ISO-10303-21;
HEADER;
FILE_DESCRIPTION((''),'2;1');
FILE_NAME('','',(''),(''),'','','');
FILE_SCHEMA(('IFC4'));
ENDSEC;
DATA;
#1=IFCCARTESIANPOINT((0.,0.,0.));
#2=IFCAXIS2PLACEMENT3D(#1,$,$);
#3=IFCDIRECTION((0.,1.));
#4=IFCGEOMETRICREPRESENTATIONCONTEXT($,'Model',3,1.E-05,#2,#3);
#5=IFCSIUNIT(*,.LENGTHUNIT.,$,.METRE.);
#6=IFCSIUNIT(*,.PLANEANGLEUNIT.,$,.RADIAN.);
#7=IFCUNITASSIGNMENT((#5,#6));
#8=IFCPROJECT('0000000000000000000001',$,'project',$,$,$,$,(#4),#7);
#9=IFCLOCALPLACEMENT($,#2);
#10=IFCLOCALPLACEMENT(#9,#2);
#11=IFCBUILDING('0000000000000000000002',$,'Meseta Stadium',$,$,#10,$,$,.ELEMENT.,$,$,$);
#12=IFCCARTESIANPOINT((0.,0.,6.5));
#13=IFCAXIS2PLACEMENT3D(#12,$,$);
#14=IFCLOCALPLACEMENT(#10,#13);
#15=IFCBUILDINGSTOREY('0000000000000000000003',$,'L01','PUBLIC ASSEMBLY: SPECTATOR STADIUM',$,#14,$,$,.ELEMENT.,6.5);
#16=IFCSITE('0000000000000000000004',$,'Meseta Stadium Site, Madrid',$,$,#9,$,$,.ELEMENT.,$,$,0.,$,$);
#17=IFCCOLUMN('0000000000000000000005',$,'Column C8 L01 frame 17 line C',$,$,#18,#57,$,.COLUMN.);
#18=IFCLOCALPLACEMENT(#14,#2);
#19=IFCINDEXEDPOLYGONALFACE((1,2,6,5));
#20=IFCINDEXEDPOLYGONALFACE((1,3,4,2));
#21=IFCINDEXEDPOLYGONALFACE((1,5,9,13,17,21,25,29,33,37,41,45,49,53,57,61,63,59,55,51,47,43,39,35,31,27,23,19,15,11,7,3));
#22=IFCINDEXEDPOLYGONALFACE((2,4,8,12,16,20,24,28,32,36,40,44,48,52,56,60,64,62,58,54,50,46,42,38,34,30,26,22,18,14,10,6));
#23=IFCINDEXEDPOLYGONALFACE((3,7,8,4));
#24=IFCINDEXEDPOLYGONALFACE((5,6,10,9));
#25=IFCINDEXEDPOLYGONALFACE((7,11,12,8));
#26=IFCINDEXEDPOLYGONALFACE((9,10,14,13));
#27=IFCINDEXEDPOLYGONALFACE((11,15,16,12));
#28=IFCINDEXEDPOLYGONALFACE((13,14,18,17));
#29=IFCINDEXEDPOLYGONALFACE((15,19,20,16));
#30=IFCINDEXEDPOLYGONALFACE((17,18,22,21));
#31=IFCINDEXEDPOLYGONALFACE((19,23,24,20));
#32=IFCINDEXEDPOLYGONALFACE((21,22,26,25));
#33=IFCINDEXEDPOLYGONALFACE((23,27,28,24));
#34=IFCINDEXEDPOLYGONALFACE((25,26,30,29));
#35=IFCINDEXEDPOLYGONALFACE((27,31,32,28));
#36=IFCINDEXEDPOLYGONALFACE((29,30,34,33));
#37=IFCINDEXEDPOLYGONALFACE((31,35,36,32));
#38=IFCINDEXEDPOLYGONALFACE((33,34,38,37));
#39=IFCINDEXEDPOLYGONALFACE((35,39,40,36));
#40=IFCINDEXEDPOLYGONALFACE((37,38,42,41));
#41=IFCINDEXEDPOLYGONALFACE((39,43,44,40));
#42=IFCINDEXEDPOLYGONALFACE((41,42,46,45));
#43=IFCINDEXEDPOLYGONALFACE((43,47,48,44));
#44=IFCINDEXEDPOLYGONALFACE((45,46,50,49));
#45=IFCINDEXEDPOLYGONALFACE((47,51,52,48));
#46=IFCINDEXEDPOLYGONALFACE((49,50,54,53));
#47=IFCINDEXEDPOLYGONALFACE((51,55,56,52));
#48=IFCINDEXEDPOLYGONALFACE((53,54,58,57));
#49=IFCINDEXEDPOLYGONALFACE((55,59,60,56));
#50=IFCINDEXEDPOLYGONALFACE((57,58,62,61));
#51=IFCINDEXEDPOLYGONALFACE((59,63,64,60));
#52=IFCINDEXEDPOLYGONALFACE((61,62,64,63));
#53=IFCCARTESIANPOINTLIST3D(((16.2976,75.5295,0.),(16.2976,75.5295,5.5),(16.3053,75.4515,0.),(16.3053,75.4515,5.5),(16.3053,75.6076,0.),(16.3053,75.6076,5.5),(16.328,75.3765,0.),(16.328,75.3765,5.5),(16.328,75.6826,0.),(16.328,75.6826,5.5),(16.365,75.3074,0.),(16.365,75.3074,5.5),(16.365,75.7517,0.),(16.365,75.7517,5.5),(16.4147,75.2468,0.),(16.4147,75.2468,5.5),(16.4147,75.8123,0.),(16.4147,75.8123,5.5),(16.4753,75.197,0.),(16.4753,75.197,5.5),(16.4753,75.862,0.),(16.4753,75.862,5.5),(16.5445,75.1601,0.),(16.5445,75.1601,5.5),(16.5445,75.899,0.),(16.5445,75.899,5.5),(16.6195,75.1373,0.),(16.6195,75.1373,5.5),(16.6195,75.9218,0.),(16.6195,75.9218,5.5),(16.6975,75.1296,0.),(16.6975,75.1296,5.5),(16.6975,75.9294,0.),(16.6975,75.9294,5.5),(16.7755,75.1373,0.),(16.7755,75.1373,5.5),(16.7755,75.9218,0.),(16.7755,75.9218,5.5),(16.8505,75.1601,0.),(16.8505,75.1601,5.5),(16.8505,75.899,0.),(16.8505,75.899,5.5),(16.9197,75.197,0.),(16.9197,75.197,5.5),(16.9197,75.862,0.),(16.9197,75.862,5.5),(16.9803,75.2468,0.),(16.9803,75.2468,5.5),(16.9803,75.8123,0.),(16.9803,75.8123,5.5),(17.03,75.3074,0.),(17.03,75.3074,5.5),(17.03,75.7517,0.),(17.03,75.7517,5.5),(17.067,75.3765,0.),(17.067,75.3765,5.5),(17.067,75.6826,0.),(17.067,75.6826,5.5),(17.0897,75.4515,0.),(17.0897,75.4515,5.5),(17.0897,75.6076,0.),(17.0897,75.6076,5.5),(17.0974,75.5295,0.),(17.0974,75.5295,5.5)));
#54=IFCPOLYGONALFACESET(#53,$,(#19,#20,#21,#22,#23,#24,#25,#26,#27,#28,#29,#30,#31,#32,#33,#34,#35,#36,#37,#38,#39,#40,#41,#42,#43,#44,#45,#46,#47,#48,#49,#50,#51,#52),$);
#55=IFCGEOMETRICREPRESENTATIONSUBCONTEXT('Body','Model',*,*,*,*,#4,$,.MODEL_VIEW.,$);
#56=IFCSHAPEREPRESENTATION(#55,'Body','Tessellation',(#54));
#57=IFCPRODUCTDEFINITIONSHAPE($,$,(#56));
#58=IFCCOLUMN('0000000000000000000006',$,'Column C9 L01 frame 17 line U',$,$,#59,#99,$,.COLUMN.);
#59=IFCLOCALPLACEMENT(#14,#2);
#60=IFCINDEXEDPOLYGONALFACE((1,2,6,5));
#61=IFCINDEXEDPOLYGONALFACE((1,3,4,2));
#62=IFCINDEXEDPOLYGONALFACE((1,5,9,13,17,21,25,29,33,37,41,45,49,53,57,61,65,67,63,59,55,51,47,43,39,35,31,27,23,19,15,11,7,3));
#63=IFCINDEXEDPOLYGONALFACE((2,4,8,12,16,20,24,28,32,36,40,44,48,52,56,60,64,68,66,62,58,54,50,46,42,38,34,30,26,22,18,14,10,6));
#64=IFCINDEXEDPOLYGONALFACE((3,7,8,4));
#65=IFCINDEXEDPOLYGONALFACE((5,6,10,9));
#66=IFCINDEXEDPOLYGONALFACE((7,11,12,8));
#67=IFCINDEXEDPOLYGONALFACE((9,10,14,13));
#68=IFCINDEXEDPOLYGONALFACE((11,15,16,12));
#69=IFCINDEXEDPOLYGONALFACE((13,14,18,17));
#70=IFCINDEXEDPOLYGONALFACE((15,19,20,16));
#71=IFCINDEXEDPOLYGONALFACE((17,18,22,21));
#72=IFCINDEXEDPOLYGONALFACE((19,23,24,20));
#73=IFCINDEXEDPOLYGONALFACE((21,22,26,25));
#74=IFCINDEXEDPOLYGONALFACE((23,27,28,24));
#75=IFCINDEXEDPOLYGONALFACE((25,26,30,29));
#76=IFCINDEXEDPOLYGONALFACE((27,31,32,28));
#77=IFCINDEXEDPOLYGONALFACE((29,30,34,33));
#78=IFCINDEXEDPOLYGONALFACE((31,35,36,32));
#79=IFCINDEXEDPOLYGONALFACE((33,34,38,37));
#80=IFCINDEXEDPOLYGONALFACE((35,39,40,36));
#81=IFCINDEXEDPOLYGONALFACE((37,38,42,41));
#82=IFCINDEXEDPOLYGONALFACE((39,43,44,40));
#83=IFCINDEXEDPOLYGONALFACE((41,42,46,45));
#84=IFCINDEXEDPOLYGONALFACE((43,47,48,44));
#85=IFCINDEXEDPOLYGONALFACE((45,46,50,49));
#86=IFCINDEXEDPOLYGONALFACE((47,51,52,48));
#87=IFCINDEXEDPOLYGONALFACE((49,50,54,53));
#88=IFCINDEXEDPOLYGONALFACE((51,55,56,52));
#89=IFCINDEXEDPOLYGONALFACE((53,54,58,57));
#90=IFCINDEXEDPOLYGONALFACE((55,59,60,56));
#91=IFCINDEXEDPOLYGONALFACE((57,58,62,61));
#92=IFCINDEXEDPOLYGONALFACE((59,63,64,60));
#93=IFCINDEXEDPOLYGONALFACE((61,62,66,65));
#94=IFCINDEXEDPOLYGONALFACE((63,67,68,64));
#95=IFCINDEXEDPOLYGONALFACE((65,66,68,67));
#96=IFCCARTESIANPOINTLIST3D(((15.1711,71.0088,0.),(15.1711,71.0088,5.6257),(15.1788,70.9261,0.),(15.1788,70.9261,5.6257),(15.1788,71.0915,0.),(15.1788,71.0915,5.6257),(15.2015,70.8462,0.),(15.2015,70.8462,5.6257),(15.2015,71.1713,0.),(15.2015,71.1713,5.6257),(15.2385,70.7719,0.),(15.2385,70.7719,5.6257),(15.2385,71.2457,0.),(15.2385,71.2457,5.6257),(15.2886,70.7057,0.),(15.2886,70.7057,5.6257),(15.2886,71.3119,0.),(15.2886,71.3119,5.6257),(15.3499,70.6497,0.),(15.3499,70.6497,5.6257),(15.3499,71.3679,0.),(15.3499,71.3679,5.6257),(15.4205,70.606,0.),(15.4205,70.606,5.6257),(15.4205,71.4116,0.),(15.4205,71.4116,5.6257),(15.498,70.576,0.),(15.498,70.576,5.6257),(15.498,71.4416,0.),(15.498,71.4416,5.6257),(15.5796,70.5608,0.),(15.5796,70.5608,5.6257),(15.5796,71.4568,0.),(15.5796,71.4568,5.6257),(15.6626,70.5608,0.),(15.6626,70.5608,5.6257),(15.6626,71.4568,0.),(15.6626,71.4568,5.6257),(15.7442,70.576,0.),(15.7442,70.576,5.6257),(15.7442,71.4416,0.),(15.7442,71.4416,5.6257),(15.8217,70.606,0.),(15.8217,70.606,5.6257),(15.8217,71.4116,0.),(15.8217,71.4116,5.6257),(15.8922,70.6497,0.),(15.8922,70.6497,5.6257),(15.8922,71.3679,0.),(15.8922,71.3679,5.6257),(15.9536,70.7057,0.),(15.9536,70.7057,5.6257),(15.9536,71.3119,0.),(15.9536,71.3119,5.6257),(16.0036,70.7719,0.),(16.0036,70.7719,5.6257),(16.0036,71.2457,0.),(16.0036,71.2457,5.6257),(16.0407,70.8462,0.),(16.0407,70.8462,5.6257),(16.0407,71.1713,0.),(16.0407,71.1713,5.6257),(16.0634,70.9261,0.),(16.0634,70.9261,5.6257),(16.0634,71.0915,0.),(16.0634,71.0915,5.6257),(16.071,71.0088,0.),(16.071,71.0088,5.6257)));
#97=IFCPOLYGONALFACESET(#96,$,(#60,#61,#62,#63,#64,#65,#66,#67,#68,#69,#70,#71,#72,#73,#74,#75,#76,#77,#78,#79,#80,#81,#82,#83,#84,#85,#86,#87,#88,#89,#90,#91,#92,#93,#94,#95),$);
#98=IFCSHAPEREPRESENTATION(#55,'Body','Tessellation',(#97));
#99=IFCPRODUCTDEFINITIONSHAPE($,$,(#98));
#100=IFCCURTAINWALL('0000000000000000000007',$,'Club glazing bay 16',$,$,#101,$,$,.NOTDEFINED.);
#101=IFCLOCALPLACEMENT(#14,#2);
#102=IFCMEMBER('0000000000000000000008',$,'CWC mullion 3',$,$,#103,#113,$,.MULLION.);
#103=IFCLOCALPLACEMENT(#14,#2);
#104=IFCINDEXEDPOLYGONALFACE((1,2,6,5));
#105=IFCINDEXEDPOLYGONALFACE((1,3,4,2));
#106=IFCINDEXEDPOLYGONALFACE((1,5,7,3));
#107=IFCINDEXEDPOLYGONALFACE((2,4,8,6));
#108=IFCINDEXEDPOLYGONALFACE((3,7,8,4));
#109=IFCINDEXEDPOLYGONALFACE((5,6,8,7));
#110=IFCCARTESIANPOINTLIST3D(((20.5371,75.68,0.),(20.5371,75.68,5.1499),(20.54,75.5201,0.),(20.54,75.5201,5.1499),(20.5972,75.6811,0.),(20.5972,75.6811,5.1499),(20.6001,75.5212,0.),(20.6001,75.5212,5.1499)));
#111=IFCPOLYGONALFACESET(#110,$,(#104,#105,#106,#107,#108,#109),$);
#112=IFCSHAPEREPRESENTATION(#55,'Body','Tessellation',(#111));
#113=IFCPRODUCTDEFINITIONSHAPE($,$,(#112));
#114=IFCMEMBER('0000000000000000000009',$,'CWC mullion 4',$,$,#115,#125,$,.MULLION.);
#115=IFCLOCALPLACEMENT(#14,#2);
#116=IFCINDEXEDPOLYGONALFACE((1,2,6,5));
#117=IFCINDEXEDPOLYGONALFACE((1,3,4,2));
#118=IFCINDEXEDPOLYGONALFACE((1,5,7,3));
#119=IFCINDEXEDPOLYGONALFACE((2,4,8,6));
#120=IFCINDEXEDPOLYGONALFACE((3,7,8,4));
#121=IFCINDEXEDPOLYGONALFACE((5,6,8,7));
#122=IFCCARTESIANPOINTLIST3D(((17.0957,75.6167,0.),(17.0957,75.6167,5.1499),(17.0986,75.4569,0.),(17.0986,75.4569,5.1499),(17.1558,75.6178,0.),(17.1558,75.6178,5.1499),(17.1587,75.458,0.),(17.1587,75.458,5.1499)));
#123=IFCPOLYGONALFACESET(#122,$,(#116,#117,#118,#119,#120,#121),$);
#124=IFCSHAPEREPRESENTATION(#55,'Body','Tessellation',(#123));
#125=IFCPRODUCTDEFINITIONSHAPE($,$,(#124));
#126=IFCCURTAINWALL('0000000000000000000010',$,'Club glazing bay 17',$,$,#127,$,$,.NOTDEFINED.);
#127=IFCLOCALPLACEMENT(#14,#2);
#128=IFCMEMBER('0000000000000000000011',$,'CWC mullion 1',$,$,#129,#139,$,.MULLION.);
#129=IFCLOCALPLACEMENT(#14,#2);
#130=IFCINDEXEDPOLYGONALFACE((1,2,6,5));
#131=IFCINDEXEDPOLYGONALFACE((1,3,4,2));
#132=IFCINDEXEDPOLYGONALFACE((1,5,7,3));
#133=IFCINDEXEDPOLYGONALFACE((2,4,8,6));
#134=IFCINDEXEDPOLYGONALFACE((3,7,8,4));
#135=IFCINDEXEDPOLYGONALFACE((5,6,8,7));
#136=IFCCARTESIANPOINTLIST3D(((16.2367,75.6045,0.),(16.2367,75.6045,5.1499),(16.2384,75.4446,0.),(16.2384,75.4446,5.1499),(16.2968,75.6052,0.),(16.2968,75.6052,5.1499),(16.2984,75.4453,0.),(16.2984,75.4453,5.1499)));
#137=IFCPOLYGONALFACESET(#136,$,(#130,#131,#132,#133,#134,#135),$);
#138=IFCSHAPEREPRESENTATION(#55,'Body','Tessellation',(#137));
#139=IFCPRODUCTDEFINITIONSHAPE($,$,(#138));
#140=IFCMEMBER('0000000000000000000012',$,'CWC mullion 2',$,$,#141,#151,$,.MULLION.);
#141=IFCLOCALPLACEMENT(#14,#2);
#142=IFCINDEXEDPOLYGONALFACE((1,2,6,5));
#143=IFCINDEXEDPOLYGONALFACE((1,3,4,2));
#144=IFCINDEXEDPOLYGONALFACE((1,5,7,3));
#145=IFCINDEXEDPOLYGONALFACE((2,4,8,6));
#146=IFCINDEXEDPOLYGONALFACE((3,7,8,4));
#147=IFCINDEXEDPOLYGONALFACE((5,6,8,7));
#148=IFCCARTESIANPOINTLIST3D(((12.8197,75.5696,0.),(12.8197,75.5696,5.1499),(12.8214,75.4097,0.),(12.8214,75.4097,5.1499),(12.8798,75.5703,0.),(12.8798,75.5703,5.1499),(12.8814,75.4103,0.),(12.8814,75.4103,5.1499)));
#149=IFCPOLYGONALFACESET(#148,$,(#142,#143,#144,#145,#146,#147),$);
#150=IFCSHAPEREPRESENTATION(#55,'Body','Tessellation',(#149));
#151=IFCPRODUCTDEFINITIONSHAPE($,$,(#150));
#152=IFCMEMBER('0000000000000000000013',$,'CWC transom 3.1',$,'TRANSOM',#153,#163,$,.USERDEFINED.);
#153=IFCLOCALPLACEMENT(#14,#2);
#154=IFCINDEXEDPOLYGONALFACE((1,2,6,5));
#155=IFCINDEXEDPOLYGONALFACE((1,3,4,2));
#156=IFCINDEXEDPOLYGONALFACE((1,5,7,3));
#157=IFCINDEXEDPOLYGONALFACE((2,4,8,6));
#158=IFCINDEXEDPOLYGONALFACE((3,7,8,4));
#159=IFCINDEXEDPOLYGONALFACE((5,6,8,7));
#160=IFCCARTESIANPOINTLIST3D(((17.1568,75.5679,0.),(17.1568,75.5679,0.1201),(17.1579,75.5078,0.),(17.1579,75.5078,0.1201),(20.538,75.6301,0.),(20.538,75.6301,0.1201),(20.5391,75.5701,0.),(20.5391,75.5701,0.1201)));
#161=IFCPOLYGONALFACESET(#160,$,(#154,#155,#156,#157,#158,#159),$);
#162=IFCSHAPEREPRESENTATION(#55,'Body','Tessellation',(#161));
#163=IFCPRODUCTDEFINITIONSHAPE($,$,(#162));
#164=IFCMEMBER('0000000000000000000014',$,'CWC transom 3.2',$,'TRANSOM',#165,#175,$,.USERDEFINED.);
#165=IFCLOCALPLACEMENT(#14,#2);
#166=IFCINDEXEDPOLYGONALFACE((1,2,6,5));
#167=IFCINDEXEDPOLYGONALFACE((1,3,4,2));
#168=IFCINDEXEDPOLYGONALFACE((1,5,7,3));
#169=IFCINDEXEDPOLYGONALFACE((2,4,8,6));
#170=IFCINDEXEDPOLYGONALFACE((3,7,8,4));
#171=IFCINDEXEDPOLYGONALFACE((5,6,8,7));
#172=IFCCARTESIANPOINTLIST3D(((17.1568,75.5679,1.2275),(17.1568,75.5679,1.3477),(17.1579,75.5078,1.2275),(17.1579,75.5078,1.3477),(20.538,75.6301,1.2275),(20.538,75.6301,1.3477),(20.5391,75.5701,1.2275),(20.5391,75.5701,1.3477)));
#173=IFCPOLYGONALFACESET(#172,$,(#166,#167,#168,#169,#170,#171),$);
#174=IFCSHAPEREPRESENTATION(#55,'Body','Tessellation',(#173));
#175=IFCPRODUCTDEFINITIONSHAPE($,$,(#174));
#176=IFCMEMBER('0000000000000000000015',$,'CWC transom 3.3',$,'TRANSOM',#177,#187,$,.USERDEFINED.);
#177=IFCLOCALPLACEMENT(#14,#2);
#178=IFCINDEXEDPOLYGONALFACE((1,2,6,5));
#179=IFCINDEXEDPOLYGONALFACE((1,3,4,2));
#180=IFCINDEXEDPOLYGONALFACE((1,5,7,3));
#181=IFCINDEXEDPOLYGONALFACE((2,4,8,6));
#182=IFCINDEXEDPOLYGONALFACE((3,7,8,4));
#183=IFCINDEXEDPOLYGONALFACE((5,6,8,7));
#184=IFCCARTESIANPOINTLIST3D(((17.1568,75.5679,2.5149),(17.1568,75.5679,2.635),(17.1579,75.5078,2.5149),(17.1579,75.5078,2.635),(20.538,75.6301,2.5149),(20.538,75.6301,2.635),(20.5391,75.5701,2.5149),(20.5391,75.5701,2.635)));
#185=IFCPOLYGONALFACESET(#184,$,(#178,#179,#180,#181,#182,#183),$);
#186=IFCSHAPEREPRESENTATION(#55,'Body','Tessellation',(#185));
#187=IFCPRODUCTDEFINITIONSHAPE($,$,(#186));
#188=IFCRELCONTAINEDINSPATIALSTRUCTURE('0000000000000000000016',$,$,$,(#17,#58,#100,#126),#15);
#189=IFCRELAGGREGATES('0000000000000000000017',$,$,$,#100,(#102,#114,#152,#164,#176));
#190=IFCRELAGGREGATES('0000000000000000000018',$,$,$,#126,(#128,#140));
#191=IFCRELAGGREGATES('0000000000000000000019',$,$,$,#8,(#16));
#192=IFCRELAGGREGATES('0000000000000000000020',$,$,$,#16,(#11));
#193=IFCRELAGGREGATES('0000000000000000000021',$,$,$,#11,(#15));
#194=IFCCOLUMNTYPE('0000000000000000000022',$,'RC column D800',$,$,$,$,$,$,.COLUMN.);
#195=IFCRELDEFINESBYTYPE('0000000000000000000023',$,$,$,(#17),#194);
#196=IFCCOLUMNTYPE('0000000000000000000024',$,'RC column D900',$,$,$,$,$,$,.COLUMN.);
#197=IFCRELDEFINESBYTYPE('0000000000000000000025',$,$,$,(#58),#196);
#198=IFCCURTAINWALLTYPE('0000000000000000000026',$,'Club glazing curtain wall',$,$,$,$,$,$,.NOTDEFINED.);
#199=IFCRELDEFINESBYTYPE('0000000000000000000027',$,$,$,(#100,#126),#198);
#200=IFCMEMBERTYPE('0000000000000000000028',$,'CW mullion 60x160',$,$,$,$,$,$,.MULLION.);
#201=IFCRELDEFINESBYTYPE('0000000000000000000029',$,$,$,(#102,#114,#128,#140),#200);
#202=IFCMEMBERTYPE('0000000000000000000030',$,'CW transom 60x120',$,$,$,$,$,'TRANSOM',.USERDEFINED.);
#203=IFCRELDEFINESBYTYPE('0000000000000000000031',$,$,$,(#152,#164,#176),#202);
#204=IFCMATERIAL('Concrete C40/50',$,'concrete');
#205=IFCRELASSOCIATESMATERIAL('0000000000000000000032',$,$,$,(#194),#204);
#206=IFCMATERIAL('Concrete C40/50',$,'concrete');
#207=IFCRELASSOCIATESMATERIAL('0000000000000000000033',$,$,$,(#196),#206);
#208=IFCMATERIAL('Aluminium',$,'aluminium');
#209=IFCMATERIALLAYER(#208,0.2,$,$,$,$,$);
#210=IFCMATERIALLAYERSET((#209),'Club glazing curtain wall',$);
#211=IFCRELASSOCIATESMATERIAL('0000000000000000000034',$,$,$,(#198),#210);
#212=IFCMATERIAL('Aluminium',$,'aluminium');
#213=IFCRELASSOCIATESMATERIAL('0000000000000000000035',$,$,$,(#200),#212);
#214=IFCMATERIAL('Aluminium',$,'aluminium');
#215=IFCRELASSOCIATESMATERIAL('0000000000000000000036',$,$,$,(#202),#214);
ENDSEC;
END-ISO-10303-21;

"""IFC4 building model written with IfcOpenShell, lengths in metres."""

from ifc_helpers import new_model, si_unit, direction, frame, origin, origin_2d, place, context, subcontext, project, spatial, rectangle, circle, extrude, material, layer, layer_set, material_profile, profile_set, type_object, element, aggregate, save


model = new_model("IFC4")

# Units and contexts
model_context = context("Model", 3, precision=1e-05, world=origin(), true_north=direction((0.0, 1.0)))
body_context = subcontext(model_context, "Body", "Model", "MODEL_VIEW")
ifc_project = project(units=[si_unit("LENGTHUNIT", "METRE"), si_unit("PLANEANGLEUNIT", "RADIAN")], contexts=[model_context])

# Site, building, storey
site_placement = place(None, origin())
site = spatial("IfcSite", under=ifc_project, at=site_placement, Name="Meseta Stadium Site, Madrid", CompositionType="ELEMENT", RefElevation=0.0)
building_placement = place(site_placement, origin())
building = spatial("IfcBuilding", under=site, at=building_placement, Name="Meseta Stadium", CompositionType="ELEMENT")
storey_placement = place(building_placement, frame((0.0, 0.0, 6.5)))
storey = spatial("IfcBuildingStorey", under=building, at=storey_placement, Name="L01", Description="PUBLIC ASSEMBLY: SPECTATOR STADIUM", CompositionType="ELEMENT", Elevation=6.5)

# Columns
ifc_material_1 = material(Name="Concrete C40/50", Category="concrete")
ifc_material_profile_1 = material_profile(ifc_material_1, circle(Radius=0.3999, at=origin_2d()), Name="RC D800")
ifc_profile_set_1 = profile_set([ifc_material_profile_1], Name="Concrete C40/50")
column_type_1 = type_object("IfcColumnType", Name="RC column D800", PredefinedType="COLUMN", material=ifc_profile_set_1)
column_1_placement = place(storey_placement, frame((16.6975, 75.5295, 0.0), z_axis=(0.0, 0.0, 1.0), x_axis=(1.0, 0.0, 0.0)))
element("IfcColumn", 1, at=column_1_placement, inside=storey, type_object=column_type_1, Name="Column C8 L01 frame 17 line C", PredefinedType="COLUMN", context=body_context, shape_type="SweptSolid", body=[
    extrude(circle(Radius=0.3999, at=origin_2d()), origin(), (0.0, 0.0, 1.0), 5.5),
])
ifc_material_2 = material(Name="Concrete C40/50", Category="concrete")
ifc_material_profile_2 = material_profile(ifc_material_2, circle(Radius=0.45, at=origin_2d()), Name="RC D900")
ifc_profile_set_2 = profile_set([ifc_material_profile_2], Name="Concrete C40/50")
column_type_2 = type_object("IfcColumnType", Name="RC column D900", PredefinedType="COLUMN", material=ifc_profile_set_2)
column_2_placement = place(storey_placement, frame((15.6211, 71.0088, 0.0), z_axis=(0.0, 0.0, 1.0), x_axis=(1.0, 0.0, 0.0)))
element("IfcColumn", 2, at=column_2_placement, inside=storey, type_object=column_type_2, Name="Column C9 L01 frame 17 line U", PredefinedType="COLUMN", context=body_context, shape_type="SweptSolid", body=[
    extrude(circle(Radius=0.45, at=origin_2d()), origin(), (0.0, 0.0, 1.0), 5.6257),
])

# Curtain walls, members
ifc_material_3 = material(Name="Aluminium", Category="aluminium")
ifc_layer_1 = layer(ifc_material_3, 0.2)
ifc_layer_set_1 = layer_set([ifc_layer_1], Name="Club glazing curtain wall")
curtain_wall_type = type_object("IfcCurtainWallType", Name="Club glazing curtain wall", PredefinedType="NOTDEFINED", material=ifc_layer_set_1)
curtain_wall_1_placement = place(storey_placement, origin())
curtain_wall_1 = element("IfcCurtainWall", 3, at=curtain_wall_1_placement, inside=storey, type_object=curtain_wall_type, Name="Club glazing bay 16", PredefinedType="NOTDEFINED")
ifc_material_4 = material(Name="Aluminium", Category="aluminium")
ifc_material_profile_3 = material_profile(ifc_material_4, rectangle(XDim=0.1599, YDim=0.0601, at=origin_2d()), Name="CW 160x60")
ifc_profile_set_3 = profile_set([ifc_material_profile_3], Name="Aluminium")
member_type_1 = type_object("IfcMemberType", Name="CW mullion 60x160", PredefinedType="MULLION", material=ifc_profile_set_3)
member_1_placement = place(storey_placement, frame((20.5686, 75.6006, 0.0), z_axis=(0.0, 0.0, 1.0), x_axis=(0.018384, -0.999831, 0.0)))
member_1 = element("IfcMember", 4, at=member_1_placement, type_object=member_type_1, Name="CWC mullion 3", PredefinedType="MULLION", context=body_context, shape_type="SweptSolid", body=[
    extrude(rectangle(XDim=0.1599, YDim=0.0601, at=origin_2d()), origin(), (0.0, 0.0, 1.0), 5.1499),
])
member_2_placement = place(storey_placement, frame((17.1272, 75.5374, 0.0), z_axis=(0.0, 0.0, 1.0), x_axis=(0.018384, -0.999831, 0.0)))
member_2 = element("IfcMember", 5, at=member_2_placement, type_object=member_type_1, Name="CWC mullion 4", PredefinedType="MULLION", context=body_context, shape_type="SweptSolid", body=[
    extrude(rectangle(XDim=0.1599, YDim=0.0601, at=origin_2d()), origin(), (0.0, 0.0, 1.0), 5.1499),
])
curtain_wall_2_placement = place(storey_placement, origin())
curtain_wall_2 = element("IfcCurtainWall", 6, at=curtain_wall_2_placement, inside=storey, type_object=curtain_wall_type, Name="Club glazing bay 17", PredefinedType="NOTDEFINED")
member_3_placement = place(storey_placement, frame((16.2676, 75.5249, 0.0), z_axis=(0.0, 0.0, 1.0), x_axis=(0.010279, -0.999947, 0.0)))
member_3 = element("IfcMember", 7, at=member_3_placement, type_object=member_type_1, Name="CWC mullion 1", PredefinedType="MULLION", context=body_context, shape_type="SweptSolid", body=[
    extrude(rectangle(XDim=0.1599, YDim=0.0601, at=origin_2d()), origin(), (0.0, 0.0, 1.0), 5.1499),
])
member_4_placement = place(storey_placement, frame((12.8506, 75.49, 0.0), z_axis=(0.0, 0.0, 1.0), x_axis=(0.010279, -0.999947, 0.0)))
member_4 = element("IfcMember", 8, at=member_4_placement, type_object=member_type_1, Name="CWC mullion 2", PredefinedType="MULLION", context=body_context, shape_type="SweptSolid", body=[
    extrude(rectangle(XDim=0.1599, YDim=0.0601, at=origin_2d()), origin(), (0.0, 0.0, 1.0), 5.1499),
])

# Members
ifc_material_5 = material(Name="Aluminium", Category="aluminium")
ifc_material_profile_4 = material_profile(ifc_material_5, rectangle(XDim=0.0601, YDim=0.1201, at=origin_2d()), Name="CW 60x120")
ifc_profile_set_4 = profile_set([ifc_material_profile_4], Name="Aluminium")
member_type_2 = type_object("IfcMemberType", Name="CW transom 60x120", ElementType="TRANSOM", PredefinedType="USERDEFINED", material=ifc_profile_set_4)
member_5_placement = place(storey_placement, frame((20.5386, 75.6001, 0.0601), z_axis=(-0.999831, -0.018408, 0.0), x_axis=(0.018408, -0.999831, 0.0)))
member_5 = element("IfcMember", 9, at=member_5_placement, type_object=member_type_2, Name="CWC transom 3.1", ObjectType="TRANSOM", PredefinedType="USERDEFINED", context=body_context, shape_type="SweptSolid", body=[
    extrude(rectangle(XDim=0.0601, YDim=0.1201, at=origin_2d()), origin(), (0.0, 0.0, 1.0), 3.3818),
])
member_6_placement = place(storey_placement, frame((20.5386, 75.6001, 1.2876), z_axis=(-0.999831, -0.018408, 0.0), x_axis=(0.018408, -0.999831, 0.0)))
member_6 = element("IfcMember", 10, at=member_6_placement, type_object=member_type_2, Name="CWC transom 3.2", ObjectType="TRANSOM", PredefinedType="USERDEFINED", context=body_context, shape_type="SweptSolid", body=[
    extrude(rectangle(XDim=0.0601, YDim=0.1201, at=origin_2d()), origin(), (0.0, 0.0, 1.0), 3.3818),
])
member_7_placement = place(storey_placement, frame((20.5386, 75.6001, 2.575), z_axis=(-0.999831, -0.018408, 0.0), x_axis=(0.018408, -0.999831, 0.0)))
member_7 = element("IfcMember", 11, at=member_7_placement, type_object=member_type_2, Name="CWC transom 3.3", ObjectType="TRANSOM", PredefinedType="USERDEFINED", context=body_context, shape_type="SweptSolid", body=[
    extrude(rectangle(XDim=0.0601, YDim=0.1201, at=origin_2d()), origin(), (0.0, 0.0, 1.0), 3.3818),
])

aggregate(curtain_wall_1, [member_1, member_2, member_5, member_6, member_7])
aggregate(curtain_wall_2, [member_3, member_4])

save(model, "model.ifc")
